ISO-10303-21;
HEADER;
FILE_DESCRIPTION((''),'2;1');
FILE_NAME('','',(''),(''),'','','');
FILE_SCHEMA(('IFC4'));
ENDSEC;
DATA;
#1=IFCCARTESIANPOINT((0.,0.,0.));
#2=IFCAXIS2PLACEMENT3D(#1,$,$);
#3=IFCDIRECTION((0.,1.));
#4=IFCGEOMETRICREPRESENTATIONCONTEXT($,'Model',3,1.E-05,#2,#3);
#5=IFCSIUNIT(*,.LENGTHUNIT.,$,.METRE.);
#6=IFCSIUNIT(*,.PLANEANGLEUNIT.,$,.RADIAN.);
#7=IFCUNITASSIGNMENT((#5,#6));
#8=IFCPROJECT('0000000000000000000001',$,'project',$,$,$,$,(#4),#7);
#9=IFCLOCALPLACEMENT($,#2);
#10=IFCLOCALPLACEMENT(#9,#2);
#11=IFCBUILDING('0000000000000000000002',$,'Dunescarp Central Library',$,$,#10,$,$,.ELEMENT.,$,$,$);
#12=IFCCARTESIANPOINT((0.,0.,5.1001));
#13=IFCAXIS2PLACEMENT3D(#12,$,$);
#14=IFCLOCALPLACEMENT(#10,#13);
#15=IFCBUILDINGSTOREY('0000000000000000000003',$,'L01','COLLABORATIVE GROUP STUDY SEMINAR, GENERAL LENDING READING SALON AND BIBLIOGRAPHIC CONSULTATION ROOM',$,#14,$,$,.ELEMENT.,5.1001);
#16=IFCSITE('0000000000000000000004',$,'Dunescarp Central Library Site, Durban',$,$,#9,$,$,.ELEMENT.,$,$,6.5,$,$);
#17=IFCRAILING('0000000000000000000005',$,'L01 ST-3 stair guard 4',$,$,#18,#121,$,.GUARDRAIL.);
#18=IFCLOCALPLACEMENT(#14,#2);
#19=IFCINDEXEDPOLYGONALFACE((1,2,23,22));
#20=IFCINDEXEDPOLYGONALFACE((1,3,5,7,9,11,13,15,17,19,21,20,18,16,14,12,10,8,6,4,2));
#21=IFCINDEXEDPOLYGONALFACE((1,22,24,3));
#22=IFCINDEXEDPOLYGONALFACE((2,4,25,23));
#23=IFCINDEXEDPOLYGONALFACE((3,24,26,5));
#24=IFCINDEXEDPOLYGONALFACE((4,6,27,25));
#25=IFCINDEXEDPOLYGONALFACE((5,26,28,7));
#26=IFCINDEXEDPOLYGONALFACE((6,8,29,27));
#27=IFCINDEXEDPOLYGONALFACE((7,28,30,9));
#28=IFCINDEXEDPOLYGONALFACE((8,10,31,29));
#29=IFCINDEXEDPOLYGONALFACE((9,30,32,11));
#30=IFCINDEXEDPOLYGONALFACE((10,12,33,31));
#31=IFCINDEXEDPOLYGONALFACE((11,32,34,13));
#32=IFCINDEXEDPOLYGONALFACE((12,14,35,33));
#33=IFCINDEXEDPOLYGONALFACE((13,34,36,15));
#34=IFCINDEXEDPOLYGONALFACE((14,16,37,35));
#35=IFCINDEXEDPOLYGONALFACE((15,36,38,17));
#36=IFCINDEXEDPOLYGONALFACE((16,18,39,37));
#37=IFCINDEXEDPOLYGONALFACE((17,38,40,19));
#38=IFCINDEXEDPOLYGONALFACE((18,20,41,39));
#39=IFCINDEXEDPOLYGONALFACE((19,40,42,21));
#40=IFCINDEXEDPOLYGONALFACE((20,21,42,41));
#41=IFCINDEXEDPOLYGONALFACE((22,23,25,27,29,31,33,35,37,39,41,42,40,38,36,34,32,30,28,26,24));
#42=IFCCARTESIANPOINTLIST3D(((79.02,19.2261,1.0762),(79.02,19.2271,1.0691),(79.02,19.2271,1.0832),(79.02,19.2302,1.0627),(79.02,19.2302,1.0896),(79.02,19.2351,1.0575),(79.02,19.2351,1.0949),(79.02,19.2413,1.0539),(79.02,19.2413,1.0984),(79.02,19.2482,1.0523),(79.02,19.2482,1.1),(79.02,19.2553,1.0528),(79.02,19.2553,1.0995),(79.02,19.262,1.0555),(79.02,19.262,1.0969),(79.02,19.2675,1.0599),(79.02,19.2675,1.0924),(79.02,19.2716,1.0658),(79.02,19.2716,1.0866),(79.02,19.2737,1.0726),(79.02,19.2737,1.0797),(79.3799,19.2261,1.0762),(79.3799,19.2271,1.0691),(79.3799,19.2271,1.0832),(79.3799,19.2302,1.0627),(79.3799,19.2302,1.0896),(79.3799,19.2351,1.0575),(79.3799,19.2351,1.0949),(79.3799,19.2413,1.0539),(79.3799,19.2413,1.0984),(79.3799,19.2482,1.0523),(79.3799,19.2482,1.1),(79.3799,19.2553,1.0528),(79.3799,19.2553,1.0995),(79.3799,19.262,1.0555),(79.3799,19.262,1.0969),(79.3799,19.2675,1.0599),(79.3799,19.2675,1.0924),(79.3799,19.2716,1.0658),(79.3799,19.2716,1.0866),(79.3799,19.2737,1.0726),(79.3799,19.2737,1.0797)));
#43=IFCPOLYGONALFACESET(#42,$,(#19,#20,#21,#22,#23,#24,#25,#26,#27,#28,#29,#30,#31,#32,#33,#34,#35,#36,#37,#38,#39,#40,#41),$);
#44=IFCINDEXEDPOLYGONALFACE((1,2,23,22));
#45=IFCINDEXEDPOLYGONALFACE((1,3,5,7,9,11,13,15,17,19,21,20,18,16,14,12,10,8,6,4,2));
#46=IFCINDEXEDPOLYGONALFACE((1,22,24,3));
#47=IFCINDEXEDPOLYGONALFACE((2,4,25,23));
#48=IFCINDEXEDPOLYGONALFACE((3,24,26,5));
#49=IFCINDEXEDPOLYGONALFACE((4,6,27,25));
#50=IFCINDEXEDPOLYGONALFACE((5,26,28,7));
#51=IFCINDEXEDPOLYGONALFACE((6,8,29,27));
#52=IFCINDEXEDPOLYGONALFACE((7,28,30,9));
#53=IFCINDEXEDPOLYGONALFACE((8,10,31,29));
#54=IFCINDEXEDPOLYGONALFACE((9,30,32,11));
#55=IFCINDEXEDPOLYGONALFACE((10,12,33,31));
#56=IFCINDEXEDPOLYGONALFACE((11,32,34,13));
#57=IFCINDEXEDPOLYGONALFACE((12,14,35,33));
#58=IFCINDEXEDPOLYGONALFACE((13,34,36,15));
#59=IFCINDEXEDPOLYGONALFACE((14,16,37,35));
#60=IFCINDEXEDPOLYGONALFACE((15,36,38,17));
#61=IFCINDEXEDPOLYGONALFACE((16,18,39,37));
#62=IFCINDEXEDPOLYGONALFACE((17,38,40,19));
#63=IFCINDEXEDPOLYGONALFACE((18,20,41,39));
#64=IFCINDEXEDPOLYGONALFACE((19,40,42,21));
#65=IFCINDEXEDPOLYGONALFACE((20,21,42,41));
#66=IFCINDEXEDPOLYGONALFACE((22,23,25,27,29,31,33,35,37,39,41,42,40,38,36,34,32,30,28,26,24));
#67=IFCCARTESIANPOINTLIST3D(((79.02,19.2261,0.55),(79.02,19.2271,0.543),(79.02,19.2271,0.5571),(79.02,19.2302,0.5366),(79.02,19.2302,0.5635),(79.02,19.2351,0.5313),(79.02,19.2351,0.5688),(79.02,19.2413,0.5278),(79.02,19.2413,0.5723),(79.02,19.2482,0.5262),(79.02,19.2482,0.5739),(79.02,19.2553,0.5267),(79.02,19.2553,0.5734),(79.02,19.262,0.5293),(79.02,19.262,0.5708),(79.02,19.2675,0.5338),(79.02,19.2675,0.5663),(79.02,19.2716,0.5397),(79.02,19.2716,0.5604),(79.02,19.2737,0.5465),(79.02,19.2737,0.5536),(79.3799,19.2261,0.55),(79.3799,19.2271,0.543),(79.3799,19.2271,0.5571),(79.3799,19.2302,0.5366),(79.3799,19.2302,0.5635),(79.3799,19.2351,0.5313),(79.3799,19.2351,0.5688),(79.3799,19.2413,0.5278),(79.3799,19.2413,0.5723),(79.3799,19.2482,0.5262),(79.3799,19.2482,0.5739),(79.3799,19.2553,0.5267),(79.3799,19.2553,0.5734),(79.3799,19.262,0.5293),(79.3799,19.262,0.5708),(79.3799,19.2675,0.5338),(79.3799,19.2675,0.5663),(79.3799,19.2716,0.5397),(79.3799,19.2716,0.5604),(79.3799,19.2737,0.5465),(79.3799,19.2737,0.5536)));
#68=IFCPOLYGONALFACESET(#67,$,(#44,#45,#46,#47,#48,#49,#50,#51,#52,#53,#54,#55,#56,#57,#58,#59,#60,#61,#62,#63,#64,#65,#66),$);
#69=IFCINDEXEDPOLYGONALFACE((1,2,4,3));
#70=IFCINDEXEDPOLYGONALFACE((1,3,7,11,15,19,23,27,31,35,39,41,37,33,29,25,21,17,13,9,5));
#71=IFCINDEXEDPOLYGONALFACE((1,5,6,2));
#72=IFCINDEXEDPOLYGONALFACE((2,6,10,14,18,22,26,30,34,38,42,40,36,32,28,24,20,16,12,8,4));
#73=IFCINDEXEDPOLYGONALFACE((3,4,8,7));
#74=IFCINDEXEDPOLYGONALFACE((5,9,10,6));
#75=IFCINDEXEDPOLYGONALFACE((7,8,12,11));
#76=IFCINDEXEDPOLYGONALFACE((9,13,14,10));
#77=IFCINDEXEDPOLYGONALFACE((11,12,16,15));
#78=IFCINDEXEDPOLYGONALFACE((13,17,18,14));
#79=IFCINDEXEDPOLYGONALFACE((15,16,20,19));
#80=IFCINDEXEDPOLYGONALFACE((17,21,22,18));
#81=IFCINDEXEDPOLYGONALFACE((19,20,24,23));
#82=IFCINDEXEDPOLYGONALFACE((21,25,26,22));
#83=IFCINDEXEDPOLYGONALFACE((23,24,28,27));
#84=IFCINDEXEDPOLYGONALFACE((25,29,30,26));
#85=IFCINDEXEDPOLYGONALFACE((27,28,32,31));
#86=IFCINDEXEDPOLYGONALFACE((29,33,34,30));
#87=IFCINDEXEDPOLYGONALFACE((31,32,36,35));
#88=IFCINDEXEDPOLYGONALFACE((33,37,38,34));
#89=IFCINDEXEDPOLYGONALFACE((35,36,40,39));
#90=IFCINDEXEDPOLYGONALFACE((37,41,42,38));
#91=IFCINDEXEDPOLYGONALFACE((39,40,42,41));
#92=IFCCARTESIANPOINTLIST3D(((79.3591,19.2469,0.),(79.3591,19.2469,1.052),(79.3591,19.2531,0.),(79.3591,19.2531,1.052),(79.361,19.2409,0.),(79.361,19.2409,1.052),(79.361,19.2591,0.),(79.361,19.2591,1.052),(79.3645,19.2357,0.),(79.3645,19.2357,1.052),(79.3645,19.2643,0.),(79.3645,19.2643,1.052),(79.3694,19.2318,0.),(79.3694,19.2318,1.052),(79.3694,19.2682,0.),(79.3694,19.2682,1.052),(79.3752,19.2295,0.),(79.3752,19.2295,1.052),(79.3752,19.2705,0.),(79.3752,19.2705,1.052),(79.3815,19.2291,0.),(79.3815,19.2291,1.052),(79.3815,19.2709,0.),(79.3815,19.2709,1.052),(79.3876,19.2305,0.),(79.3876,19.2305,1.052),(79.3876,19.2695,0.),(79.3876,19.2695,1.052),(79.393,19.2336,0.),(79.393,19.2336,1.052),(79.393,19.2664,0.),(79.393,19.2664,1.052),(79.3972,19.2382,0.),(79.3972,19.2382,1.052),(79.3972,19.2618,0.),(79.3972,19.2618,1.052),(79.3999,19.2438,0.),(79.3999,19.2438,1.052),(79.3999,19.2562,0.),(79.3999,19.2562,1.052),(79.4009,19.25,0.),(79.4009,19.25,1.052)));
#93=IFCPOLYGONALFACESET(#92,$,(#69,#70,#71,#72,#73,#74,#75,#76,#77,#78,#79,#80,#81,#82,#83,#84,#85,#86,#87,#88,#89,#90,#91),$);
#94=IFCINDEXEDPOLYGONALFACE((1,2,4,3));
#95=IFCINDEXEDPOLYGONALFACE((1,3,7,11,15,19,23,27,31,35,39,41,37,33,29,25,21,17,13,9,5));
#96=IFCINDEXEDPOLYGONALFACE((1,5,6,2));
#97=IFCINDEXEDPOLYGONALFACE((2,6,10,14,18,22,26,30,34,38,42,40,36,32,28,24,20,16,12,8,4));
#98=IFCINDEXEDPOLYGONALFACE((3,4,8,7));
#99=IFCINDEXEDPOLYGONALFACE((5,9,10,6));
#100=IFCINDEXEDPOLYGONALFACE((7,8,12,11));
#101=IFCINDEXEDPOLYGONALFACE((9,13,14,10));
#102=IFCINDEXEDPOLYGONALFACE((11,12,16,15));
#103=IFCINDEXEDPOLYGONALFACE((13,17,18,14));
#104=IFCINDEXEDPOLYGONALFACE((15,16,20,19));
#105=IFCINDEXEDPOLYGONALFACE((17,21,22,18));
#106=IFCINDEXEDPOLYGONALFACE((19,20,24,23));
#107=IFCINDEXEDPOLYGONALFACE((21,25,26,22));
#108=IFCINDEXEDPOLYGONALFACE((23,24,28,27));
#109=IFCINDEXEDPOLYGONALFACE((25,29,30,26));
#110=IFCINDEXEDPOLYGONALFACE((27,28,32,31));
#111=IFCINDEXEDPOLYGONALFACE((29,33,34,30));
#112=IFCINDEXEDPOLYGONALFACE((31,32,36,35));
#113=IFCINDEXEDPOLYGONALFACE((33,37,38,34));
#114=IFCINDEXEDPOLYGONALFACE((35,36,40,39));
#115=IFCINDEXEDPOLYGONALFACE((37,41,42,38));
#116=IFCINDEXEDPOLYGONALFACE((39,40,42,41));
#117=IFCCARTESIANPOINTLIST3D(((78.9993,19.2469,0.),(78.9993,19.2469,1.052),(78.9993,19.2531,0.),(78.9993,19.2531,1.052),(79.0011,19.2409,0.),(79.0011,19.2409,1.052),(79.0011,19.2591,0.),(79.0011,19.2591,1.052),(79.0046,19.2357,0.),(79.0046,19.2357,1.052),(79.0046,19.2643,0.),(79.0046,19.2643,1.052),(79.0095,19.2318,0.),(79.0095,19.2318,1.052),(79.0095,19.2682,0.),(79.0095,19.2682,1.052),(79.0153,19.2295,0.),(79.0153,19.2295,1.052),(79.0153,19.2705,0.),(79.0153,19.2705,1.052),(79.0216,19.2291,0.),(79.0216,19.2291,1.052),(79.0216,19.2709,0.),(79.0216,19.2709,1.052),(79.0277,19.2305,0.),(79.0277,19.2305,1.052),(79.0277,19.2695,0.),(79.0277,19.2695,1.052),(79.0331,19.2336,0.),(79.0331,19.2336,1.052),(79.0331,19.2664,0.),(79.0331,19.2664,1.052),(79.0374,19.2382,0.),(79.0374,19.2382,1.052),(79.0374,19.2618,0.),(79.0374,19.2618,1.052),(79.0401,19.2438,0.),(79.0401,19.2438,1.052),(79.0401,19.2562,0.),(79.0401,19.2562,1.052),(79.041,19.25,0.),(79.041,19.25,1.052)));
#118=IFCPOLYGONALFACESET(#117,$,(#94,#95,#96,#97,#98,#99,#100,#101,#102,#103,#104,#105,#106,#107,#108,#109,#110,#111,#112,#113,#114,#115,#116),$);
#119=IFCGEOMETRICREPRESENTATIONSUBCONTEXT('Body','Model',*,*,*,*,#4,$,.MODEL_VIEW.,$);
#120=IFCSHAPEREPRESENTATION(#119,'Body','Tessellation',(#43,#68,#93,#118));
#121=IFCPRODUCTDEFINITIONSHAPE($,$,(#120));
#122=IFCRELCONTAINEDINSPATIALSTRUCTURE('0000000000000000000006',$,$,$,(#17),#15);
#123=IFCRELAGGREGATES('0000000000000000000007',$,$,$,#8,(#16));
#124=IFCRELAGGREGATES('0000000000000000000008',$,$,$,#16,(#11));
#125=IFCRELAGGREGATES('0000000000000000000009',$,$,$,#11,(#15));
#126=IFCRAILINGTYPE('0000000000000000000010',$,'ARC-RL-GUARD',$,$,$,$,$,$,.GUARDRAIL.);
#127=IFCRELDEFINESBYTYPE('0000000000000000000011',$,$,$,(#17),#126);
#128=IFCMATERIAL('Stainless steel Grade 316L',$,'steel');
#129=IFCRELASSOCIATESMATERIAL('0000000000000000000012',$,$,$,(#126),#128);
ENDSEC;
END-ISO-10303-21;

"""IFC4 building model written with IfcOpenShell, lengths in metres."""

from ifc_helpers import new_model, si_unit, direction, frame, origin, origin_2d, place, context, subcontext, project, spatial, circle, extrude, material, type_object, element, save


model = new_model("IFC4")

# Units and contexts
model_context = context("Model", 3, precision=1e-05, world=origin(), true_north=direction((0.0, 1.0)))
body_context = subcontext(model_context, "Body", "Model", "MODEL_VIEW")
ifc_project = project(units=[si_unit("LENGTHUNIT", "METRE"), si_unit("PLANEANGLEUNIT", "RADIAN")], contexts=[model_context])

# Site, building, storey
site_placement = place(None, origin())
site = spatial("IfcSite", under=ifc_project, at=site_placement, Name="Dunescarp Central Library Site, Durban", CompositionType="ELEMENT", RefElevation=6.5)
building_placement = place(site_placement, origin())
building = spatial("IfcBuilding", under=site, at=building_placement, Name="Dunescarp Central Library", CompositionType="ELEMENT")
storey_placement = place(building_placement, frame((0.0, 0.0, 5.1001)))
storey = spatial("IfcBuildingStorey", under=building, at=storey_placement, Name="L01", Description="COLLABORATIVE GROUP STUDY SEMINAR, GENERAL LENDING READING SALON AND BIBLIOGRAPHIC CONSULTATION ROOM", CompositionType="ELEMENT", Elevation=5.1001)

# Railing
ifc_material_1 = material(Name="Stainless steel Grade 316L", Category="steel")
railing_type_1 = type_object("IfcRailingType", Name="ARC-RL-GUARD", PredefinedType="GUARDRAIL", material=ifc_material_1)
railing_1_placement = place(storey_placement, frame((79.3799, 19.25, 0.0)))
element("IfcRailing", 1, at=railing_1_placement, inside=storey, type_object=railing_type_1, Name="L01 ST-3 stair guard 4", PredefinedType="GUARDRAIL", context=body_context, shape_type="SweptSolid", body=[
    extrude(circle(Radius=0.0239, at=origin_2d()), frame((0.0, 0.0, 1.0762), z_axis=(-1.0, 0.0, 0.0), x_axis=(0.0, -1.0, 0.0)), (0.0, 0.0, 1.0), 0.3599),
    extrude(circle(Radius=0.0239, at=origin_2d()), frame((0.0, 0.0, 0.55), z_axis=(-1.0, 0.0, 0.0), x_axis=(0.0, -1.0, 0.0)), (0.0, 0.0, 1.0), 0.3599),
    extrude(circle(Radius=0.021, at=origin_2d()), origin(), (0.0, 0.0, 1.0), 1.052),
    extrude(circle(Radius=0.021, at=origin_2d()), frame((-0.3599, 0.0, 0.0)), (0.0, 0.0, 1.0), 1.052),
])

save(model, "model.ifc")
